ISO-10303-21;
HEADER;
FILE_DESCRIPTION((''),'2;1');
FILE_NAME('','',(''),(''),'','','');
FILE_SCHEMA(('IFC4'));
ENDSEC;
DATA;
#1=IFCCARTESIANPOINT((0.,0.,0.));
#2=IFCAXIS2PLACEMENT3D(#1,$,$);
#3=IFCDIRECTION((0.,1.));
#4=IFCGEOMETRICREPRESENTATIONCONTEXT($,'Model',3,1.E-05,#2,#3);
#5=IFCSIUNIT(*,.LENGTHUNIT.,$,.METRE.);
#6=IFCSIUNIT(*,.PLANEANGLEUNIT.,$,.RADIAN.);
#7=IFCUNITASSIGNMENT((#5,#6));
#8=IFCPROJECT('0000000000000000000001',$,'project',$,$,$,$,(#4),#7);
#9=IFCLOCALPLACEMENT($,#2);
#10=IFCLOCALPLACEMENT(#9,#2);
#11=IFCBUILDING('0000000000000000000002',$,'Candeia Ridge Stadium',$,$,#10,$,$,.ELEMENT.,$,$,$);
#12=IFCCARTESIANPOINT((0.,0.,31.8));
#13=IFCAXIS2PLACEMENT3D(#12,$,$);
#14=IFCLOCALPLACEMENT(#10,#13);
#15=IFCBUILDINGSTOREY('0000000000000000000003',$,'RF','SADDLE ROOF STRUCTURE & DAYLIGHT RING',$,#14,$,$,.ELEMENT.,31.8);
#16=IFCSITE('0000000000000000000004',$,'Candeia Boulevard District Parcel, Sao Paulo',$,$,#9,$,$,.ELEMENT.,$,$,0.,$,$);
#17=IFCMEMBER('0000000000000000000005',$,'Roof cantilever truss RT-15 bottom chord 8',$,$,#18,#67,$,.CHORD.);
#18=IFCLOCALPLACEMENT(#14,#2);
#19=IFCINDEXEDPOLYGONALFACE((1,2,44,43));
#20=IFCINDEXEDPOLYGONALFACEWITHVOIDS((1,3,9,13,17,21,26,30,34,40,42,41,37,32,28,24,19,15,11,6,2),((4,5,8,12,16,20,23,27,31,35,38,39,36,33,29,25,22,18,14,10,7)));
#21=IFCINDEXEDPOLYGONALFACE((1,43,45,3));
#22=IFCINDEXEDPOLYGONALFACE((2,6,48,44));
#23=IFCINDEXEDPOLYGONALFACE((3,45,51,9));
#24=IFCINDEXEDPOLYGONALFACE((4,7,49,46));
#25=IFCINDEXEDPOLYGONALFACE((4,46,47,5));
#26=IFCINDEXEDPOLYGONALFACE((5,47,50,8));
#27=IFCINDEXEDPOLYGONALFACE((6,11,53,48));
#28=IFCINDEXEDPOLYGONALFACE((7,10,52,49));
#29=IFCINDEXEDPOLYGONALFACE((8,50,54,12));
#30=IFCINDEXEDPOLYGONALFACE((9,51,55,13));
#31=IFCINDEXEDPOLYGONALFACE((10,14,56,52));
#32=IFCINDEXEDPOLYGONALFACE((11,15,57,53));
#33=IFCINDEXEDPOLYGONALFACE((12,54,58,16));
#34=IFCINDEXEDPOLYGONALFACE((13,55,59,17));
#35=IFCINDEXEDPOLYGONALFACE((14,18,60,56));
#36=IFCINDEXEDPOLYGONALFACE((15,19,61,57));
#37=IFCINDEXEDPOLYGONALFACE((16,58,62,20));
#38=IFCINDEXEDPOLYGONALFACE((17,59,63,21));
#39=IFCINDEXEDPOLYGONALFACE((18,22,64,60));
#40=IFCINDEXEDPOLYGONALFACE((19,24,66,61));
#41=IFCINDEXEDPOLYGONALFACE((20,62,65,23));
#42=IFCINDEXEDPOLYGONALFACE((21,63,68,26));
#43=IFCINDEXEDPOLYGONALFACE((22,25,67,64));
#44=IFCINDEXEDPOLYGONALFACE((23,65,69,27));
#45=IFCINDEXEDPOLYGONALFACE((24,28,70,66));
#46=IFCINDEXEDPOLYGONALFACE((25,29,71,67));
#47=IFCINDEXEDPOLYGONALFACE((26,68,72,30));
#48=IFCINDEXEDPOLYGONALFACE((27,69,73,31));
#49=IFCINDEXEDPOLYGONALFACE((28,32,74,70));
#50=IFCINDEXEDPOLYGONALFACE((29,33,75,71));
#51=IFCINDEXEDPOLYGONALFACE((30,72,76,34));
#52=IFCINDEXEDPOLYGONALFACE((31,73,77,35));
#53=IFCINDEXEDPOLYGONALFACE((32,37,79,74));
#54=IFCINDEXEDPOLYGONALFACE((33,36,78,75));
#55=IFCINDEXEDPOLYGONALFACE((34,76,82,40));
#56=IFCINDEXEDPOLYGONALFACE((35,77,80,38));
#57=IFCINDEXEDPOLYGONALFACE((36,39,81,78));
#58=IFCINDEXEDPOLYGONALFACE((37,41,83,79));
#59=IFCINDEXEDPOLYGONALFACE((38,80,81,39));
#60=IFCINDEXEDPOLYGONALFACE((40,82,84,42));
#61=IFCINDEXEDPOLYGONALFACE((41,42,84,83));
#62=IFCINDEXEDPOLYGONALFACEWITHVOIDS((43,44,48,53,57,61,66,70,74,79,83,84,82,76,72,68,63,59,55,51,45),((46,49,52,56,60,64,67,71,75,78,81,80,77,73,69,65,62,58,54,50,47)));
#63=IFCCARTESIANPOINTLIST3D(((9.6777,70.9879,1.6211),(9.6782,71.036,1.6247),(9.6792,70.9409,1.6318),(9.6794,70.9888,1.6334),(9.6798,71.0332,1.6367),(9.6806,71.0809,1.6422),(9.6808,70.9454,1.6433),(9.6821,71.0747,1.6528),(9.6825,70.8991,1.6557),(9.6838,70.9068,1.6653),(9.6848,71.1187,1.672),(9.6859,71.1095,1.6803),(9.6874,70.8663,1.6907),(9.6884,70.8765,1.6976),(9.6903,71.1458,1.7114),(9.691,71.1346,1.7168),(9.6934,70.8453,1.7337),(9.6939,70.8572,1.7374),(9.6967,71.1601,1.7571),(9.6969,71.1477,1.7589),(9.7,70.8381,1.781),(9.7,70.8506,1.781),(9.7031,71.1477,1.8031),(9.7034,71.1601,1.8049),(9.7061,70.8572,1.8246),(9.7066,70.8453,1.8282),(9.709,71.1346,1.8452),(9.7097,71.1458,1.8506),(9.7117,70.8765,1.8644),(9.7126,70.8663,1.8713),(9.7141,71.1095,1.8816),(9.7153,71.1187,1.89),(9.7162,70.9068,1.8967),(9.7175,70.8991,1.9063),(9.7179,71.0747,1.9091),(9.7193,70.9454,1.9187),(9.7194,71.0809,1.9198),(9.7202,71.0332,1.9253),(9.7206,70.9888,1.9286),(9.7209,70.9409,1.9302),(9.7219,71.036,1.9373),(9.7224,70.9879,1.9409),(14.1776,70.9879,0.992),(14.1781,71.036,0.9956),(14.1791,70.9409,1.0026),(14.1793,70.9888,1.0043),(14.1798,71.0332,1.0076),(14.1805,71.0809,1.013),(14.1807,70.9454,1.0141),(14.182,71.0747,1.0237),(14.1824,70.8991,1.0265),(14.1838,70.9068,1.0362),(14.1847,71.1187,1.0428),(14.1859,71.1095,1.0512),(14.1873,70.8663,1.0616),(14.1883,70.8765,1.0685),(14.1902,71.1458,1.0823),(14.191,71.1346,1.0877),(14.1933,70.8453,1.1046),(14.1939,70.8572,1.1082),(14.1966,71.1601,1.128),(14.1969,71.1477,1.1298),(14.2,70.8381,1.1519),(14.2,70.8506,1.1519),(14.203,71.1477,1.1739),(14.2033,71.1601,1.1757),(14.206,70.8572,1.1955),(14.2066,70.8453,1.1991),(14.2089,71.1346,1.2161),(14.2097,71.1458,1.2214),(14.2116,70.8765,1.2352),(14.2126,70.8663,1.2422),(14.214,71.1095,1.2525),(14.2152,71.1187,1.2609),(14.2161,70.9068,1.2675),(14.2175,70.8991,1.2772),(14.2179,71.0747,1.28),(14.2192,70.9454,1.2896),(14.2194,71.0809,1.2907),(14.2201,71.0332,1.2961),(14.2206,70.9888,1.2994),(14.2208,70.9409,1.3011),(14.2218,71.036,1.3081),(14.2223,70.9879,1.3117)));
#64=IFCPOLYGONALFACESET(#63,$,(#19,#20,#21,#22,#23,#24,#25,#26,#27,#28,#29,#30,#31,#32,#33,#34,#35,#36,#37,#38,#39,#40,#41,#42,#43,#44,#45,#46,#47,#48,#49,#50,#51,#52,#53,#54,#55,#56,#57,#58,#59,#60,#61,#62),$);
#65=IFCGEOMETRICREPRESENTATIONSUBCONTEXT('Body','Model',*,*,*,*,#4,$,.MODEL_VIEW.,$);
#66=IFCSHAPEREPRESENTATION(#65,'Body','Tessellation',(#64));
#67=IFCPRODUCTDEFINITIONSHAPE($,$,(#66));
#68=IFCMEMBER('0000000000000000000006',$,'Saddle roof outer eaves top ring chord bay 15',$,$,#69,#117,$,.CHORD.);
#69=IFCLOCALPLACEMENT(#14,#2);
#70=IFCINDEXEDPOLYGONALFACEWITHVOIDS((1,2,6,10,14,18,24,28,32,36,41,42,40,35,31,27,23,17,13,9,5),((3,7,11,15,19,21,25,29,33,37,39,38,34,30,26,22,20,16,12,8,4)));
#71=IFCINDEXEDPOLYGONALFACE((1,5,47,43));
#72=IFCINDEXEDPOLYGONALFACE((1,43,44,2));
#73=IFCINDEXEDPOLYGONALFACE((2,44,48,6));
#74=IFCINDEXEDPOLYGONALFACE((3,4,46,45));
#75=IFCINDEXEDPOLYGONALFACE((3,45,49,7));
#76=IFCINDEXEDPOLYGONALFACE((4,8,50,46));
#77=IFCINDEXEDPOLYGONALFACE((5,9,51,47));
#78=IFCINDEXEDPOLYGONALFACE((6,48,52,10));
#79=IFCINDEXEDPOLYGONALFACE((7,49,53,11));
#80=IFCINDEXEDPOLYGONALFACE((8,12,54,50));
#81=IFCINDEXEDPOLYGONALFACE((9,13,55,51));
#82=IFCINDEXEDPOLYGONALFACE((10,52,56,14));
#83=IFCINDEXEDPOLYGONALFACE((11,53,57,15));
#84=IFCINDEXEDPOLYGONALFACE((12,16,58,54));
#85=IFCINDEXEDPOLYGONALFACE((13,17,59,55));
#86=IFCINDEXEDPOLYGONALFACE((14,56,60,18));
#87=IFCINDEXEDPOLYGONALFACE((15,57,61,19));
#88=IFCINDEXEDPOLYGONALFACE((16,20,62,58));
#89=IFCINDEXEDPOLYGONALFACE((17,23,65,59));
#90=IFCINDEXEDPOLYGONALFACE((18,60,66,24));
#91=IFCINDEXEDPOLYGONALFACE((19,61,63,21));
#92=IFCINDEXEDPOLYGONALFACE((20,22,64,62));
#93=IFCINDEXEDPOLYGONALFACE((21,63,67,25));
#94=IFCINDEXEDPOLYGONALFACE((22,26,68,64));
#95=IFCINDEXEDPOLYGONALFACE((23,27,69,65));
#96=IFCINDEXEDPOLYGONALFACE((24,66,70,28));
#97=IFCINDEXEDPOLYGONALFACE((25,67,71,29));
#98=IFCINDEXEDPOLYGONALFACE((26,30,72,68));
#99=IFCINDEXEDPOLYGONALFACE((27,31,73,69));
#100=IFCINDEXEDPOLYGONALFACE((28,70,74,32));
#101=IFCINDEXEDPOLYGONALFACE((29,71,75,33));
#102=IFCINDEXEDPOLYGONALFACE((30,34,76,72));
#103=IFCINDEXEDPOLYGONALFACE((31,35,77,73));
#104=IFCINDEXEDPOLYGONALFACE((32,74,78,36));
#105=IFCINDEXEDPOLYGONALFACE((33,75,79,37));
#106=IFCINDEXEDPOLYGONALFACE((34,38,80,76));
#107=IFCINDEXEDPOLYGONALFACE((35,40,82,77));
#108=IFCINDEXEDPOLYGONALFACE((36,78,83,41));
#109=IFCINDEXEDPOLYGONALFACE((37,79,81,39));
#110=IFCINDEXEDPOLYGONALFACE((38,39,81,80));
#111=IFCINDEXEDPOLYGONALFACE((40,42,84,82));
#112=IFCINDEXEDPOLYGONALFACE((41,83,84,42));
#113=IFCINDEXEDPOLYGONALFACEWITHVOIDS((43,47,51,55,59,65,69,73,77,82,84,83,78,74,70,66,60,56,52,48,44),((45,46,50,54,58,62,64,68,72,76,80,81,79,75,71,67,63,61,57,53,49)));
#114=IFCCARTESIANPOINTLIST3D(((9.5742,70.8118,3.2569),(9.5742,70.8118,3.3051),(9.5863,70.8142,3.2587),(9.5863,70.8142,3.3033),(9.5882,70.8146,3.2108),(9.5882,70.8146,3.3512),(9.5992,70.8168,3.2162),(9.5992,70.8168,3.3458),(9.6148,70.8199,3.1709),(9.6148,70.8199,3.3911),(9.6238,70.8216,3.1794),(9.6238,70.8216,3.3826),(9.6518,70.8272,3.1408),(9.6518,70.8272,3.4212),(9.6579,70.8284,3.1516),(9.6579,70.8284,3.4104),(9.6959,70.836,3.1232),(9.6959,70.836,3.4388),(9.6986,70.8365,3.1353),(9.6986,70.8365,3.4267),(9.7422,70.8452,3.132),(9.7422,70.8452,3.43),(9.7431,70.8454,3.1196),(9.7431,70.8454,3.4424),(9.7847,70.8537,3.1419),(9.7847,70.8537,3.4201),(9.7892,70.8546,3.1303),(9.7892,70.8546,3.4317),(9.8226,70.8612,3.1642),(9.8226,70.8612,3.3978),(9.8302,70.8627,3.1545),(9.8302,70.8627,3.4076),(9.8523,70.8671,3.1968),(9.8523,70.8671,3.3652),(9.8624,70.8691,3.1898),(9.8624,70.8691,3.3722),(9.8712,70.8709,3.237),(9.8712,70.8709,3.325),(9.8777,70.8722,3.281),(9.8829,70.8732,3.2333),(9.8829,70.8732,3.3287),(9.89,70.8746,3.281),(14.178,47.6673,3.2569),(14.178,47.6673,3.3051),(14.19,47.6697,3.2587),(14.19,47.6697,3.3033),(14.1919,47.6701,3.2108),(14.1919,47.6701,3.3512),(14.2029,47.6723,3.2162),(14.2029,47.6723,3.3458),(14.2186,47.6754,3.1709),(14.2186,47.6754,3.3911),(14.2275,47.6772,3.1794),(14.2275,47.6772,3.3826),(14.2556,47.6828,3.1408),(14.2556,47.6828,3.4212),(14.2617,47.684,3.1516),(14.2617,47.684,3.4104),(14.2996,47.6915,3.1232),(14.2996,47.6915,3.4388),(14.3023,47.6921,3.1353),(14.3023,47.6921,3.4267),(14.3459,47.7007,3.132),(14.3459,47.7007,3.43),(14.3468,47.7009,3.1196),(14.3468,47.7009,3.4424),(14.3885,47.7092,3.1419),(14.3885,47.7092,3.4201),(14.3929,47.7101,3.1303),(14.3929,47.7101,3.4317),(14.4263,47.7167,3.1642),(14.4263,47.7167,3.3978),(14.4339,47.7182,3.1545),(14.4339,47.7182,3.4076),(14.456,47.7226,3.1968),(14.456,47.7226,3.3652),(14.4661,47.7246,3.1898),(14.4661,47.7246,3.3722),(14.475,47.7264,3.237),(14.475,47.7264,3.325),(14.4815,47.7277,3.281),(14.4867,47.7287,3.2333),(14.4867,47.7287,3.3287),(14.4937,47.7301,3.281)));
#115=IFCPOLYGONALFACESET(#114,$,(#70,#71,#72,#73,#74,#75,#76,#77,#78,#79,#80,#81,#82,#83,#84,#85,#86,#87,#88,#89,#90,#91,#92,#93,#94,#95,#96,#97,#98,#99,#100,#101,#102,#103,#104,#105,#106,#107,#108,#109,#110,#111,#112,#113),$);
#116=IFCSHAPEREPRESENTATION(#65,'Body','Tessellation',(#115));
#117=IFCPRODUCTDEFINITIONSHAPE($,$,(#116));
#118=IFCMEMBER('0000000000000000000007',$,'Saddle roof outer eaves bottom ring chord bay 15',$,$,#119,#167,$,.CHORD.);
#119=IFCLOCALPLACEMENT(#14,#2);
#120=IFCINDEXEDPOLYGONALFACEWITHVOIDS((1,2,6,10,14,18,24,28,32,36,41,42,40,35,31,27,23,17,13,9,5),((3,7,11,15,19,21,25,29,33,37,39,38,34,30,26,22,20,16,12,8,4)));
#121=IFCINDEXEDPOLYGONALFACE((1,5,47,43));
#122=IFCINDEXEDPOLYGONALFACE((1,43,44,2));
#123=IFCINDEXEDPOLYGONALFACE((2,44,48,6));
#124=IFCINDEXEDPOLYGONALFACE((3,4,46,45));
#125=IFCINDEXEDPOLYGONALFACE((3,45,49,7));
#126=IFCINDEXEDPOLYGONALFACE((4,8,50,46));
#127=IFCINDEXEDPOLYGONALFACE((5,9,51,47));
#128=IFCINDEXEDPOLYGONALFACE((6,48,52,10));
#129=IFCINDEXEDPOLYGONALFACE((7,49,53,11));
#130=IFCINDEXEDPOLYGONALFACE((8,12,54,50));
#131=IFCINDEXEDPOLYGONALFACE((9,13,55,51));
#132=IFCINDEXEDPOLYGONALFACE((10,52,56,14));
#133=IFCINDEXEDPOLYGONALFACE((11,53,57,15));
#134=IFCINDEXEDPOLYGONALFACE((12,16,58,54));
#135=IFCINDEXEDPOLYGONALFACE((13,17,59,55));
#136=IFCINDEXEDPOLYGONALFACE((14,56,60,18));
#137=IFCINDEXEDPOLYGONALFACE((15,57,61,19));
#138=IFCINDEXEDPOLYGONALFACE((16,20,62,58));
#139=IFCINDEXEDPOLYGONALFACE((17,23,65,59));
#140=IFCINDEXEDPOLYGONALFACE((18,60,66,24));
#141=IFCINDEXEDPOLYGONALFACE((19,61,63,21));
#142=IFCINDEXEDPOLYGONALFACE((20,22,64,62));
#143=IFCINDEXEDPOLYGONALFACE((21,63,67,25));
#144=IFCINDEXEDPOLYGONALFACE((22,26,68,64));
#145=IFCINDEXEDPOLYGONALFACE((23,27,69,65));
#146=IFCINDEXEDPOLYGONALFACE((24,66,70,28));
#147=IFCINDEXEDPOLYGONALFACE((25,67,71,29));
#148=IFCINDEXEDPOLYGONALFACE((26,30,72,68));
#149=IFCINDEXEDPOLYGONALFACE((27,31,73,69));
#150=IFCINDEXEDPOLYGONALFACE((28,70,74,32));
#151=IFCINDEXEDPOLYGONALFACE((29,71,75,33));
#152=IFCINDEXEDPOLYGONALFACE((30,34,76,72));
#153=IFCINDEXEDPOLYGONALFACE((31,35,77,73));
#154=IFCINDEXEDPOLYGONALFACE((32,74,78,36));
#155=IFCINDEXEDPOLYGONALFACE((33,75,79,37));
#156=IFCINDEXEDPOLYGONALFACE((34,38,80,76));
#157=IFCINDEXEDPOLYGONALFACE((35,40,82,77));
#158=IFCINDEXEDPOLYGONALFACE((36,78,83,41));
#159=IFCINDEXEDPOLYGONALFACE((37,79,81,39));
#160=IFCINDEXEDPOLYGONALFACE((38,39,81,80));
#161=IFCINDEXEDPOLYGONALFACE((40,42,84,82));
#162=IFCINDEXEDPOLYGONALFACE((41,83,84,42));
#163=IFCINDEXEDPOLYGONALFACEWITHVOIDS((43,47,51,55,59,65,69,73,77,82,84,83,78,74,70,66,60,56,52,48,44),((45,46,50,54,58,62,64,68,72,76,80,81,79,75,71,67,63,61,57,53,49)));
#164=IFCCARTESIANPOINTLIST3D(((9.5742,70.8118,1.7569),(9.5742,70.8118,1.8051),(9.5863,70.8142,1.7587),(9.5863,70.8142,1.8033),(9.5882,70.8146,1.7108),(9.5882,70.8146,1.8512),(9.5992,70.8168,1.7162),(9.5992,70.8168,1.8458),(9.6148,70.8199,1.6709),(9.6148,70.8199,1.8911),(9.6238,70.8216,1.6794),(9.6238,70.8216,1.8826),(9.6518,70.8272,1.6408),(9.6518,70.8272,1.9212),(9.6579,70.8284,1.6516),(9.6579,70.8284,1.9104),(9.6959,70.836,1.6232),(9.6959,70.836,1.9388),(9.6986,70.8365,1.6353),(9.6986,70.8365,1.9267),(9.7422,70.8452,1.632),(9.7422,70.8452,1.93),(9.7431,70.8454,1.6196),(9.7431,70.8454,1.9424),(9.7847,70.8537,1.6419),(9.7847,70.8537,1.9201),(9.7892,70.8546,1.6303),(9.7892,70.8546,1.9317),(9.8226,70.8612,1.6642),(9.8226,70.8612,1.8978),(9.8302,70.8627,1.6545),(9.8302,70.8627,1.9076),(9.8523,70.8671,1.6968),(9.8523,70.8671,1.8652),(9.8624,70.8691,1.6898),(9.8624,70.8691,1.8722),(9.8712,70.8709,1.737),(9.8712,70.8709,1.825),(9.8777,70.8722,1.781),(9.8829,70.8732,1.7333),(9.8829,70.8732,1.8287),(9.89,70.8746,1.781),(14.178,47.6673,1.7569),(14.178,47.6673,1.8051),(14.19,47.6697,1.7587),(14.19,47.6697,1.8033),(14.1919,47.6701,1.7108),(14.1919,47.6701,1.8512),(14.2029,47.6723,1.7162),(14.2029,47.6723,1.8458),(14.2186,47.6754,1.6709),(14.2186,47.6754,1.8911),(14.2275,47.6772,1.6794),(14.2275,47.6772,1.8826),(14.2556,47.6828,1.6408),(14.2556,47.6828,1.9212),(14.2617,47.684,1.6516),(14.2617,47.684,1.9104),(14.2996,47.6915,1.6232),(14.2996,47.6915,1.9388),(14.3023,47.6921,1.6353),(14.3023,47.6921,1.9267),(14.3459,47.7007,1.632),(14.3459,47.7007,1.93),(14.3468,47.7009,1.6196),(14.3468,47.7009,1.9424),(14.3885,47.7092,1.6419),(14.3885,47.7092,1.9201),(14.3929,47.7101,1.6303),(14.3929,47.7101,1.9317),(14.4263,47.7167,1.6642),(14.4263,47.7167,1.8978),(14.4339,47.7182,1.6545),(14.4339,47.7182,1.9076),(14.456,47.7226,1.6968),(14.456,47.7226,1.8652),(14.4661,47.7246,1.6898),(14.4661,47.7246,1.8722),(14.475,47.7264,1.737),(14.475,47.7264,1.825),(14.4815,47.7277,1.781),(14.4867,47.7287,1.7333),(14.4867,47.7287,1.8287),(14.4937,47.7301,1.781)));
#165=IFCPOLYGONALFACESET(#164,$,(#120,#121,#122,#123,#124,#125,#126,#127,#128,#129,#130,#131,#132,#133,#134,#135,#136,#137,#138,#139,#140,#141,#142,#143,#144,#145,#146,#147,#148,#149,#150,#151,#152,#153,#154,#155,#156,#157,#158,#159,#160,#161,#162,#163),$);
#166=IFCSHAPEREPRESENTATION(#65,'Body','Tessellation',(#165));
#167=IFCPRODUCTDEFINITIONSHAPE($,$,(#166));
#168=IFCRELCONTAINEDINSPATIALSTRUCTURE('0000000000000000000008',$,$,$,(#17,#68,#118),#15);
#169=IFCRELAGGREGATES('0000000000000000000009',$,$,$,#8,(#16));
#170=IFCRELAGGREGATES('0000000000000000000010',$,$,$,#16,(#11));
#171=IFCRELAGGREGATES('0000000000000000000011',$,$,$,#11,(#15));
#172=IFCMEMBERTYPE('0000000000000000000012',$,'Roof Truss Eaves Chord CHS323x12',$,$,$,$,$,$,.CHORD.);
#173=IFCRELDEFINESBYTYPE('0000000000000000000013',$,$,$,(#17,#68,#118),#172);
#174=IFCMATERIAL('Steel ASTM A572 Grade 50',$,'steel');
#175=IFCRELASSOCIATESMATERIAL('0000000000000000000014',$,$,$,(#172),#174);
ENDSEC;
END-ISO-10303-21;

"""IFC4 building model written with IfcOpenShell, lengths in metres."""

from ifc_helpers import new_model, si_unit, direction, frame, origin, origin_2d, place, context, subcontext, project, spatial, hollow_circle, extrude, material, material_profile, profile_set, type_object, element, save


model = new_model("IFC4")

# Units and contexts
model_context = context("Model", 3, precision=1e-05, world=origin(), true_north=direction((0.0, 1.0)))
body_context = subcontext(model_context, "Body", "Model", "MODEL_VIEW")
ifc_project = project(units=[si_unit("LENGTHUNIT", "METRE"), si_unit("PLANEANGLEUNIT", "RADIAN")], contexts=[model_context])

# Site, building, storey
site_placement = place(None, origin())
site = spatial("IfcSite", under=ifc_project, at=site_placement, Name="Candeia Boulevard District Parcel, Sao Paulo", CompositionType="ELEMENT", RefElevation=0.0)
building_placement = place(site_placement, origin())
building = spatial("IfcBuilding", under=site, at=building_placement, Name="Candeia Ridge Stadium", CompositionType="ELEMENT")
storey_placement = place(building_placement, frame((0.0, 0.0, 31.8)))
storey = spatial("IfcBuildingStorey", under=building, at=storey_placement, Name="RF", Description="SADDLE ROOF STRUCTURE & DAYLIGHT RING", CompositionType="ELEMENT", Elevation=31.8)

# Shared definitions
ifc_material_1 = material(Name="Steel ASTM A572 Grade 50", Category="steel")

# Members
ifc_material_profile_1 = material_profile(ifc_material_1, hollow_circle(Radius=0.1619, WallThickness=0.0125, at=origin_2d()), Name="CHS323x12", Category="steel")
ifc_profile_set_1 = profile_set([ifc_material_profile_1], Name="Steel ASTM A572 Grade 50")
member_type_1 = type_object("IfcMemberType", Name="Roof Truss Eaves Chord CHS323x12", PredefinedType="CHORD", material=ifc_profile_set_1)
member_1_placement = place(storey_placement, frame((14.2, 71.0, 1.1519), z_axis=(-0.990367, 0.0, 0.138464), x_axis=(0.0, -1.0, 0.0)))
element("IfcMember", 1, at=member_1_placement, inside=storey, type_object=member_type_1, Name="Roof cantilever truss RT-15 bottom chord 8", PredefinedType="CHORD", context=body_context, shape_type="SweptSolid", body=[
    extrude(hollow_circle(Radius=0.1619, WallThickness=0.0125, at=origin_2d()), origin(), (0.0, 0.0, 1.0), 4.5437),
])
for number, where, z_axis, x_axis, name in (
    (2, (9.7312, 70.843, 3.281), (0.195091, -0.980785, 0.0), (0.980785, 0.195091, 0.0), "Saddle roof outer eaves top ring chord bay 15"),
    (3, (9.7312, 70.843, 1.781), (0.195091, -0.980785, 0.0), (0.980785, 0.195091, 0.0), "Saddle roof outer eaves bottom ring chord bay 15"),
):
    element("IfcMember", number, at=place(storey_placement, frame(where, z_axis=z_axis, x_axis=x_axis)), inside=storey, type_object=member_type_1, Name=name, PredefinedType="CHORD", context=body_context, shape_type="SweptSolid", body=[
        extrude(hollow_circle(Radius=0.1619, WallThickness=0.0125, at=origin_2d()), origin(), (0.0, 0.0, 1.0), 23.5979),
    ])

save(model, "model.ifc")
